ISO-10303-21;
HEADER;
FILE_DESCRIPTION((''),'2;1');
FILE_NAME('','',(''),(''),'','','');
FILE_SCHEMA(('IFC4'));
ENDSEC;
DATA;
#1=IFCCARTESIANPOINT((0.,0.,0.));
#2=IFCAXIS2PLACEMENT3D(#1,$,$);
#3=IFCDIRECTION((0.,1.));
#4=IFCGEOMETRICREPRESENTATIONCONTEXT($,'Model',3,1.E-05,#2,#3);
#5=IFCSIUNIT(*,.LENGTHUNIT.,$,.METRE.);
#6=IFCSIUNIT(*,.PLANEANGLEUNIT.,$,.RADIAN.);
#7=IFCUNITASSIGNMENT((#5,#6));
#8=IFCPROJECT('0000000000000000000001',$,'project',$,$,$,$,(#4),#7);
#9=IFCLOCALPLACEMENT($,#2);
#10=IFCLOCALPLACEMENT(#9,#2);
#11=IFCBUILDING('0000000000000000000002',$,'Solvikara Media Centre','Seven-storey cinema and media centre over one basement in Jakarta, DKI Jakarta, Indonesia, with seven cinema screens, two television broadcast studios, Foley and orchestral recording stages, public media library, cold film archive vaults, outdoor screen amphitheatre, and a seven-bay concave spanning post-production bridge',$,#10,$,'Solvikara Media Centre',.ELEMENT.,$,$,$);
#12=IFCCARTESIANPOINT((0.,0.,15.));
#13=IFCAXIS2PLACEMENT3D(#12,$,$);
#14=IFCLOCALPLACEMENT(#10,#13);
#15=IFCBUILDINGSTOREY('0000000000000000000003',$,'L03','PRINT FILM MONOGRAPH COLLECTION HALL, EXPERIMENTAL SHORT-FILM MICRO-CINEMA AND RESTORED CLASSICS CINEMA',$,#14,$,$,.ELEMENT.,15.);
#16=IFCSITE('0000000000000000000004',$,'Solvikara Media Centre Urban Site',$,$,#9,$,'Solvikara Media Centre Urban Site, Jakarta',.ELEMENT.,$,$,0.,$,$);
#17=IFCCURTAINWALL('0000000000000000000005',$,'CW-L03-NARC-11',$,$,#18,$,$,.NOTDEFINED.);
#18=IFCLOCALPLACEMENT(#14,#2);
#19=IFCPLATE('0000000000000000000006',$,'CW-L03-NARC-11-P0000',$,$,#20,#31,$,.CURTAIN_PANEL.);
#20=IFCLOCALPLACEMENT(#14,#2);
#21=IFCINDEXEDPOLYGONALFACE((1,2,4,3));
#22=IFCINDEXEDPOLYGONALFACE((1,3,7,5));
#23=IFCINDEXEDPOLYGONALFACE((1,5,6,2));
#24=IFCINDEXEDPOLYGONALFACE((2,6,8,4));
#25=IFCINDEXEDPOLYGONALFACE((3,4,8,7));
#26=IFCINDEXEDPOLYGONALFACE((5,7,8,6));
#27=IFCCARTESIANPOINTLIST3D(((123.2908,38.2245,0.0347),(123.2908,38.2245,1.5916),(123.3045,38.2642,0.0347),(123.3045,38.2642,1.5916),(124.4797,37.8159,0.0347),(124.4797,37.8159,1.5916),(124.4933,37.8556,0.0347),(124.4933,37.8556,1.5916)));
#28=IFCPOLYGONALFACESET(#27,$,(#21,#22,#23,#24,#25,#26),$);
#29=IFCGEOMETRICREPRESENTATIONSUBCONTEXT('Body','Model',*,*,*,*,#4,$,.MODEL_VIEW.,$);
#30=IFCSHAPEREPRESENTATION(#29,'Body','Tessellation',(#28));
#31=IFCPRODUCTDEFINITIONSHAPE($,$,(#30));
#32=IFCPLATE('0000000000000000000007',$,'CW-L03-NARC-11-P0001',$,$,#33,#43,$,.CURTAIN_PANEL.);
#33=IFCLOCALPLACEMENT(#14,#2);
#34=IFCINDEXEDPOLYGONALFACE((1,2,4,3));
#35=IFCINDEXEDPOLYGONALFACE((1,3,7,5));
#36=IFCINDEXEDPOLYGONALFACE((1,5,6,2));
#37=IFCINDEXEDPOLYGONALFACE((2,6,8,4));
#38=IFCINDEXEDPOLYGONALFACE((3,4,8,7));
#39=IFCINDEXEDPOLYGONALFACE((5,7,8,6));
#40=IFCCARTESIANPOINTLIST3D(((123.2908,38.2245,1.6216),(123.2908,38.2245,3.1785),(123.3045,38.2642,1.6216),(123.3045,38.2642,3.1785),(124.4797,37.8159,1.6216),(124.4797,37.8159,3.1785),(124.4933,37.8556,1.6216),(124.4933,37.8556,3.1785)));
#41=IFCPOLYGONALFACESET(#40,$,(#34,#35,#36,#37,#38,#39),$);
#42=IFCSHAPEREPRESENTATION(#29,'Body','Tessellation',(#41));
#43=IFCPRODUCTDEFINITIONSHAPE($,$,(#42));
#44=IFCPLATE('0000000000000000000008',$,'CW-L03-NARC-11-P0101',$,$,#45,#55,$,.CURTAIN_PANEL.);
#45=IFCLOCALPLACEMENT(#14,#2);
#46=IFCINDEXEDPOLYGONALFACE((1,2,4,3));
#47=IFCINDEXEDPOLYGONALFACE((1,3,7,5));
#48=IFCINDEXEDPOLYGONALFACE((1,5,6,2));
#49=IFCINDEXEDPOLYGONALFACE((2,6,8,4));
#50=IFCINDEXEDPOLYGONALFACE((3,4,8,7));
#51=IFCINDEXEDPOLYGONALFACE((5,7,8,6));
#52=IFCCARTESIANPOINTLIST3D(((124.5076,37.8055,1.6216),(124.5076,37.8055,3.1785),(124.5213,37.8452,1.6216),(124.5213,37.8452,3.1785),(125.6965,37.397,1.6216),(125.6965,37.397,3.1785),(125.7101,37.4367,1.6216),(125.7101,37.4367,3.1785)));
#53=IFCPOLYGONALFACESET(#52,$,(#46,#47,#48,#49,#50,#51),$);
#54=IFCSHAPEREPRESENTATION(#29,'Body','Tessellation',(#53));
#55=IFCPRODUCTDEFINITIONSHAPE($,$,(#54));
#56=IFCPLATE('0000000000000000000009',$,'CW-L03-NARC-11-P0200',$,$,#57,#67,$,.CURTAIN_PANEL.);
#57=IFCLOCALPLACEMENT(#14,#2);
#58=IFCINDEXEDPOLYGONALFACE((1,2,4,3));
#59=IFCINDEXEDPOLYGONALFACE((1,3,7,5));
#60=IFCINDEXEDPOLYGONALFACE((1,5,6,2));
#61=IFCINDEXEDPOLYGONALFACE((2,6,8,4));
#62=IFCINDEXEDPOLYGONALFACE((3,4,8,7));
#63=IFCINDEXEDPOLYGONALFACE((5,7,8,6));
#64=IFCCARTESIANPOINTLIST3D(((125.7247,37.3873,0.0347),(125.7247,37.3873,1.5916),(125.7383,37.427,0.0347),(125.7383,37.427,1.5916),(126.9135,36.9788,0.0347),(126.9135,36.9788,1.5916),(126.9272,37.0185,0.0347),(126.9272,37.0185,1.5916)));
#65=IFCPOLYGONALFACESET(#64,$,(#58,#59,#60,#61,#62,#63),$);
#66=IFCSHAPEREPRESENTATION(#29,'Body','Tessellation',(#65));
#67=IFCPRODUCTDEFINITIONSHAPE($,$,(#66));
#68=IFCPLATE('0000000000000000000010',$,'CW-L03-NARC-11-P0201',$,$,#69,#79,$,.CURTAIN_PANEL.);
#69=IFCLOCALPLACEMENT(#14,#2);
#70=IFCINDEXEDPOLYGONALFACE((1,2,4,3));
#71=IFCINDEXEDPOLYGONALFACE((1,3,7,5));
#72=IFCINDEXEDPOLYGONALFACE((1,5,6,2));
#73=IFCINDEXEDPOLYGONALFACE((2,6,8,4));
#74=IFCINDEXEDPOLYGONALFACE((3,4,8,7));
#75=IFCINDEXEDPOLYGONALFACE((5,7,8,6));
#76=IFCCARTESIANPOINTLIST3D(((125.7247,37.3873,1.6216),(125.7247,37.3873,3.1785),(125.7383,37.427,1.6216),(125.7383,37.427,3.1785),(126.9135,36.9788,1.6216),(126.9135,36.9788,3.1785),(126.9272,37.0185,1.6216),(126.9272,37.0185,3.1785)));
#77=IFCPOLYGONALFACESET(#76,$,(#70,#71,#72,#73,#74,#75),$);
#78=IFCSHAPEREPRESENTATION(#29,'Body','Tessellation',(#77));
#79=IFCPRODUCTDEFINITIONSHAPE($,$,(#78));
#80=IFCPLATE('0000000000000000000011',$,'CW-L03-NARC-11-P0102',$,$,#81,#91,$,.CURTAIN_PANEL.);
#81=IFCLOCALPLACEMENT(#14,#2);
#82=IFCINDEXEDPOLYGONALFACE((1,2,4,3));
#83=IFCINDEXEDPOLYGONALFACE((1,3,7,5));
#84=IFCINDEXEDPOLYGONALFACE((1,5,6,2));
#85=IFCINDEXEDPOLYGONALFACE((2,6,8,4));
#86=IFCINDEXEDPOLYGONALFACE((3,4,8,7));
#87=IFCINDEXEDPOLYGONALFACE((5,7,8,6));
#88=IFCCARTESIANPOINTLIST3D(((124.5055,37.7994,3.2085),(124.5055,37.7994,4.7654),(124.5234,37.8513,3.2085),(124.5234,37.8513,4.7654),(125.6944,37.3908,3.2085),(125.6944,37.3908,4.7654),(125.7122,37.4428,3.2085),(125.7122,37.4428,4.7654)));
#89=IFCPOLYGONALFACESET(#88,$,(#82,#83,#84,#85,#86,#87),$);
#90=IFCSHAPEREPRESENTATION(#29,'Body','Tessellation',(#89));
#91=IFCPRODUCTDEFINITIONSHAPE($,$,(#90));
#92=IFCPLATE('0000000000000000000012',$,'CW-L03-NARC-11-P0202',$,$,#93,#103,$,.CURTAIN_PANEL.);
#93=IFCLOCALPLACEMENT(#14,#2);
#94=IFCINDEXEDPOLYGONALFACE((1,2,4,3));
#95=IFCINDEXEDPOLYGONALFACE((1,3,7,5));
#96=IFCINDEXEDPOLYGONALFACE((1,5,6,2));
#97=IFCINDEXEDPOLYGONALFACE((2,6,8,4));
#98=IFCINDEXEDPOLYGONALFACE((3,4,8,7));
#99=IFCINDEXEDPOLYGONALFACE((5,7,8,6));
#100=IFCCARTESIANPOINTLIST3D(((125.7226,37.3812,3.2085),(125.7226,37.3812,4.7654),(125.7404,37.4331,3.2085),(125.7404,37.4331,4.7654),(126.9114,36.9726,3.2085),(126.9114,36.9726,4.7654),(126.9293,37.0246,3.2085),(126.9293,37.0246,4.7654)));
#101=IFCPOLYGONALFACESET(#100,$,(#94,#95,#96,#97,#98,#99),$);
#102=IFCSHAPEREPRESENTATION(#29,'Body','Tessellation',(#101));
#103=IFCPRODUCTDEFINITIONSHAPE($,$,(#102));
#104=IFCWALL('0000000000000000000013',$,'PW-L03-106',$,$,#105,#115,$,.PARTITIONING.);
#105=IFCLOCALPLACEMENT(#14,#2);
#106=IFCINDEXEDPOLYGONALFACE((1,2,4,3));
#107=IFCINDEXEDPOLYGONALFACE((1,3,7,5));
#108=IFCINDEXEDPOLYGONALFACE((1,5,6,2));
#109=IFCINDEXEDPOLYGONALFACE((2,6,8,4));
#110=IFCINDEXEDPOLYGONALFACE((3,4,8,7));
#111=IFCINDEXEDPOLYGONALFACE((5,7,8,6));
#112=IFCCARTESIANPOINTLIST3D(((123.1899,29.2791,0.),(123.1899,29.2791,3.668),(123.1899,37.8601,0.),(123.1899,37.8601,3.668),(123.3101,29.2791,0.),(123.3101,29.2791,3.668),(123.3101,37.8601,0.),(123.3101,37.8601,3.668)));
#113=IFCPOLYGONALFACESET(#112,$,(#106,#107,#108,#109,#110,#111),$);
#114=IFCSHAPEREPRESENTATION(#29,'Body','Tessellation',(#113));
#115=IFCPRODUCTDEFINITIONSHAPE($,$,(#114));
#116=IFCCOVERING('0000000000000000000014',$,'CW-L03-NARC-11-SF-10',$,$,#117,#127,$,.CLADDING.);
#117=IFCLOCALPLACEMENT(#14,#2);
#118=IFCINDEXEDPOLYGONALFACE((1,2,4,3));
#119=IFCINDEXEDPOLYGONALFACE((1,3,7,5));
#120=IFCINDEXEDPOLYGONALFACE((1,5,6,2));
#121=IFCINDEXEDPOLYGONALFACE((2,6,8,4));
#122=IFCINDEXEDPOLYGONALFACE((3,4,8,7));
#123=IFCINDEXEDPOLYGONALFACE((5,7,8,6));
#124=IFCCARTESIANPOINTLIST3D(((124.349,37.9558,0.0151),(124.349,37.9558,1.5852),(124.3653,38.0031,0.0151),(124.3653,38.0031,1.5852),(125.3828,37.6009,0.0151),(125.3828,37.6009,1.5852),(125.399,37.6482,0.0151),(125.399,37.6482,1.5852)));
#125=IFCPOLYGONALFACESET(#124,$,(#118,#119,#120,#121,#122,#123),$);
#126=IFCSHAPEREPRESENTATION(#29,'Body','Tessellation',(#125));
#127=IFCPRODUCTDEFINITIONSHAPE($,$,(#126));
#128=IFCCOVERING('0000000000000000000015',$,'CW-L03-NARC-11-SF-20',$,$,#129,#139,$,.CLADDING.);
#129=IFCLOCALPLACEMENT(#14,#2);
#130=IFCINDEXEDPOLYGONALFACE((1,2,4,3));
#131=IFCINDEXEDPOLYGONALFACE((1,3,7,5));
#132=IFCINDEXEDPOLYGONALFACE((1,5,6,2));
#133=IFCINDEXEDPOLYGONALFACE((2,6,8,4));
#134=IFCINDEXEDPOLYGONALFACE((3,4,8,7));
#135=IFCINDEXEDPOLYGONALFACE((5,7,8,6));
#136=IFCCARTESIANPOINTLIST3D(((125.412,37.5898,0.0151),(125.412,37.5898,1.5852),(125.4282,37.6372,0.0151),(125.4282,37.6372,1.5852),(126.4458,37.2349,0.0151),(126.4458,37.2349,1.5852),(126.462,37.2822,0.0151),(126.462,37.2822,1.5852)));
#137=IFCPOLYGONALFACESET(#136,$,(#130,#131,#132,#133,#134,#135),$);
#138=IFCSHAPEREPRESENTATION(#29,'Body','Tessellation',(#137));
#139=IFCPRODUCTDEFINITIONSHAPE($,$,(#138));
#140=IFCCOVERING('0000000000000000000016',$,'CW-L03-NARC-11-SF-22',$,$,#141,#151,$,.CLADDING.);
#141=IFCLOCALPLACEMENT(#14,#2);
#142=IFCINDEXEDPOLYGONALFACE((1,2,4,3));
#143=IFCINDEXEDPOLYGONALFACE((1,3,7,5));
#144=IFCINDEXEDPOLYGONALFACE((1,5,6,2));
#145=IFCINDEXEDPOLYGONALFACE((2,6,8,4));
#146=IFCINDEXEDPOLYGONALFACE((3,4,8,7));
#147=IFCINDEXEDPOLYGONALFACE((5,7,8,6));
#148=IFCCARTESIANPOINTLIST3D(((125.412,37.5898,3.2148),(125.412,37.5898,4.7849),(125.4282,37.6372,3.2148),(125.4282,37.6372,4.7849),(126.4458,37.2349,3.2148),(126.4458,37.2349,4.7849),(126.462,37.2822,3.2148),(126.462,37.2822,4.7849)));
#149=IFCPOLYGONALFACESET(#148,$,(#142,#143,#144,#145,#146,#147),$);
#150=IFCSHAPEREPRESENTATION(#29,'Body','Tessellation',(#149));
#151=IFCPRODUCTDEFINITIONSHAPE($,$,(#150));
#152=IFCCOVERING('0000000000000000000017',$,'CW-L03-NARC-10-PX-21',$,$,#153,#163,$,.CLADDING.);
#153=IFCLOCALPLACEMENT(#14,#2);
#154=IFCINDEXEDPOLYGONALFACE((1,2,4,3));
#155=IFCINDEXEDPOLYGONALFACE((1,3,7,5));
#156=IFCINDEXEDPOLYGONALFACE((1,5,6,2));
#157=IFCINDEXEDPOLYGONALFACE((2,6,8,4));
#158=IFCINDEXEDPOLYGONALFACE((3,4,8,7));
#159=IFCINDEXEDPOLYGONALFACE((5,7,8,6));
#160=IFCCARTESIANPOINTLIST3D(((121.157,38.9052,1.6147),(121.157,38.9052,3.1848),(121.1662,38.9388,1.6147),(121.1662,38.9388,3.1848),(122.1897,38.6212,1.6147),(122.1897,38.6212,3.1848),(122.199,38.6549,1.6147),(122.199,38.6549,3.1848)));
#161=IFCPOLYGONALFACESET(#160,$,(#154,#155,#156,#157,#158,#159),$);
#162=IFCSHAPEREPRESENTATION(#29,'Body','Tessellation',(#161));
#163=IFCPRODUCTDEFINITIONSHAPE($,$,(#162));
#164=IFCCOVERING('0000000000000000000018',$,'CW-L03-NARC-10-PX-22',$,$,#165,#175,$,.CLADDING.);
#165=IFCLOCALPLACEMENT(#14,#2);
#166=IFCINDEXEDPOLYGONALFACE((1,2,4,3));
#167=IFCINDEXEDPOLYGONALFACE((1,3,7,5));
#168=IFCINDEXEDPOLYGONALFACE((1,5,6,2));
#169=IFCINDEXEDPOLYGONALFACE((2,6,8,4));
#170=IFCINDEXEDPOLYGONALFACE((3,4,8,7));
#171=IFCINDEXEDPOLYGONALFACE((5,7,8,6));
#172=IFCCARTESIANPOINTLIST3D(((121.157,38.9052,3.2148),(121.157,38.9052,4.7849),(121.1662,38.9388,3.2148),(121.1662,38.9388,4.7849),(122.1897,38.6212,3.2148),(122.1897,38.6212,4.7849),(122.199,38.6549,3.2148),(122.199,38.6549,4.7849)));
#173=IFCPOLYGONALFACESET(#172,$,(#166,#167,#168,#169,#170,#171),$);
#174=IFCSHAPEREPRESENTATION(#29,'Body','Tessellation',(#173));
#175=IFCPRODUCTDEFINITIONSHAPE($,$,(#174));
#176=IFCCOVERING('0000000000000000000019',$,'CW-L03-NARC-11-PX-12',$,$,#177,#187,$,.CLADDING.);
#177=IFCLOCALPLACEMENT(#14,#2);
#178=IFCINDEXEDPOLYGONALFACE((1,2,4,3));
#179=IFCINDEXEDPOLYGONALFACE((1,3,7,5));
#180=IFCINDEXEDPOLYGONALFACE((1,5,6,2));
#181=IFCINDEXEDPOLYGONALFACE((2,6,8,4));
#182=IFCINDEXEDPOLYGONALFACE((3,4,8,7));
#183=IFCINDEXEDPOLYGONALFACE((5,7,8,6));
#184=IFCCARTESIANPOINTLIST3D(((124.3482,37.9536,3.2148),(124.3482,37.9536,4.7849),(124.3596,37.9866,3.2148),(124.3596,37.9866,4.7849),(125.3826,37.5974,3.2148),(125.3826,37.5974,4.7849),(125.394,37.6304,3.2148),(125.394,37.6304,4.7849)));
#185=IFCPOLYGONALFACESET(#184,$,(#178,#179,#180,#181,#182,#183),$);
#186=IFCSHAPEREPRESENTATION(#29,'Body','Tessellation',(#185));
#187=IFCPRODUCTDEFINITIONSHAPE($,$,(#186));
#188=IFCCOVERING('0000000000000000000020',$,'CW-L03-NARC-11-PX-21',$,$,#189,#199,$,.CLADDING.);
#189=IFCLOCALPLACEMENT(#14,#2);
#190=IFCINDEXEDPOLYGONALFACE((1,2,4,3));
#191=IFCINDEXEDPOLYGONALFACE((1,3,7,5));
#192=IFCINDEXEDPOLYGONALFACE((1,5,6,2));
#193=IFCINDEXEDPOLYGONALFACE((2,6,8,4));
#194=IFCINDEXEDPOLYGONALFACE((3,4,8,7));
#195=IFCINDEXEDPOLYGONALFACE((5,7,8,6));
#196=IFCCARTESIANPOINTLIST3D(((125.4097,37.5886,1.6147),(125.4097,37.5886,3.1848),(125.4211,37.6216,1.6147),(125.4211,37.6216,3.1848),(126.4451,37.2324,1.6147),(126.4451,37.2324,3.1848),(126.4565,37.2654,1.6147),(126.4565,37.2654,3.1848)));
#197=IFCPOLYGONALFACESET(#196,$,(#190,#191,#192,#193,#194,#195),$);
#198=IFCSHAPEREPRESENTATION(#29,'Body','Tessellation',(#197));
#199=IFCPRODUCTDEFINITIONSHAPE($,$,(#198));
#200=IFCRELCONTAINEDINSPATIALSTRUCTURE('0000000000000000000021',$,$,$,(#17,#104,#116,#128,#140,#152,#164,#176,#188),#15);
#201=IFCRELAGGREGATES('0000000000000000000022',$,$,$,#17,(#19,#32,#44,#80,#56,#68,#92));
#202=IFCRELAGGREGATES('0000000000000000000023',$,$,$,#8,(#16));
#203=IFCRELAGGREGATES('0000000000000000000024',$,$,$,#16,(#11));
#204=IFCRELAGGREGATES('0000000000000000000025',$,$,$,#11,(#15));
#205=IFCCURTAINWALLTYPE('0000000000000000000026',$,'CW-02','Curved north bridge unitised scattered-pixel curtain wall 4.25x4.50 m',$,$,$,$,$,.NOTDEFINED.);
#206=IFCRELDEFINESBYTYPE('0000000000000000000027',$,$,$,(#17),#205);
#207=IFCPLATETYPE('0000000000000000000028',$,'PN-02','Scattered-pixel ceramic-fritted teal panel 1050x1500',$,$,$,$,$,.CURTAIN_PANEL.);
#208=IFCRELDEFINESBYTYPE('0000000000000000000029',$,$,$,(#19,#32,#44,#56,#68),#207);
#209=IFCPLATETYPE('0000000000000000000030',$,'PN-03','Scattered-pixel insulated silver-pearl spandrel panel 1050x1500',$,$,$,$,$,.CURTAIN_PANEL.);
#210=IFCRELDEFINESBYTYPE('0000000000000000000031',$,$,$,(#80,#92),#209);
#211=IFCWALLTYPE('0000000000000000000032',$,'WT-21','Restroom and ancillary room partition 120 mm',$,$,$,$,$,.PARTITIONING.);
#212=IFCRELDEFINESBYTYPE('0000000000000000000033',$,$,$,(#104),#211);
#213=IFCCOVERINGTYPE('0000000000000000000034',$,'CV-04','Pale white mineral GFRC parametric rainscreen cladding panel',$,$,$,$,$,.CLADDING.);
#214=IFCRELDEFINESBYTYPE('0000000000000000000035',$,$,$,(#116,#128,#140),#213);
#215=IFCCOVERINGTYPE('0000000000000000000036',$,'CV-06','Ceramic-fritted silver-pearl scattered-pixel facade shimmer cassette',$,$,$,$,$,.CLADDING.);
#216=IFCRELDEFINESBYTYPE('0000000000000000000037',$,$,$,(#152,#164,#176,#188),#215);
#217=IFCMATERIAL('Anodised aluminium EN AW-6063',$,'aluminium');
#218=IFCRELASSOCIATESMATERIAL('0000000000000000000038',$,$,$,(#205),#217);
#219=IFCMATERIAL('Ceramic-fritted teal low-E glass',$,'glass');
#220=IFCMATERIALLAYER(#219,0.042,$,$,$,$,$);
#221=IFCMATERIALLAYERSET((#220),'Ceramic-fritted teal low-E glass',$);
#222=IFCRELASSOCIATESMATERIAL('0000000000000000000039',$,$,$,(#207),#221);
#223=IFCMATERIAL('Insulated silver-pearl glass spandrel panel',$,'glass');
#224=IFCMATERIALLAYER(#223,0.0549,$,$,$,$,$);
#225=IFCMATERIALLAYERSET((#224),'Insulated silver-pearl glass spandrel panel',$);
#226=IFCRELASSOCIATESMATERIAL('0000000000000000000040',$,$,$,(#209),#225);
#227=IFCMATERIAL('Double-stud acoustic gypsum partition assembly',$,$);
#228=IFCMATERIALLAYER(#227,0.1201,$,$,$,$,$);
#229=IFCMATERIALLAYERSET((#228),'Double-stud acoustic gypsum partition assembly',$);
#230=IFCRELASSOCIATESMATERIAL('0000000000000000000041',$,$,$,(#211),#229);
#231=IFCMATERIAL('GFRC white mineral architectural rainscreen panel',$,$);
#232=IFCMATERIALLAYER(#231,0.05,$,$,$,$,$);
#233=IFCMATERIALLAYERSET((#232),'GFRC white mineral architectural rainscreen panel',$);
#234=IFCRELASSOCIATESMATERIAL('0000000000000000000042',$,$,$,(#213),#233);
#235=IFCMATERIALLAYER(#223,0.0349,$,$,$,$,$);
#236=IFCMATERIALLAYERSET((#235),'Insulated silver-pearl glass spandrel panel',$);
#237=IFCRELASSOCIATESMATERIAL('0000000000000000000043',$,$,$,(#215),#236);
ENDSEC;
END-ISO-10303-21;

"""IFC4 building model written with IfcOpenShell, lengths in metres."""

from ifc_helpers import new_model, si_unit, direction, frame, frame_2d, origin, origin_2d, place, context, subcontext, project, spatial, rectangle, extrude, material, layer, layer_set, type_object, element, aggregate, save


model = new_model("IFC4")

# Units and contexts
model_context = context("Model", 3, precision=1e-05, world=origin(), true_north=direction((0.0, 1.0)))
body_context = subcontext(model_context, "Body", "Model", "MODEL_VIEW")
ifc_project = project(units=[si_unit("LENGTHUNIT", "METRE"), si_unit("PLANEANGLEUNIT", "RADIAN")], contexts=[model_context])

# Site, building, storey
site_placement = place(None, origin())
site = spatial("IfcSite", under=ifc_project, at=site_placement, Name="Solvikara Media Centre Urban Site", LongName="Solvikara Media Centre Urban Site, Jakarta", CompositionType="ELEMENT", RefElevation=0.0)
building_placement = place(site_placement, origin())
building = spatial("IfcBuilding", under=site, at=building_placement, Name="Solvikara Media Centre", Description="Seven-storey cinema and media centre over one basement in Jakarta, DKI Jakarta, Indonesia, with seven cinema screens, two television broadcast studios, Foley and orchestral recording stages, public media library, cold film archive vaults, outdoor screen amphitheatre, and a seven-bay concave spanning post-production bridge", LongName="Solvikara Media Centre", CompositionType="ELEMENT")
storey_placement = place(building_placement, frame((0.0, 0.0, 15.0)))
storey = spatial("IfcBuildingStorey", under=building, at=storey_placement, Name="L03", Description="PRINT FILM MONOGRAPH COLLECTION HALL, EXPERIMENTAL SHORT-FILM MICRO-CINEMA AND RESTORED CLASSICS CINEMA", CompositionType="ELEMENT", Elevation=15.0)

# Curtain wall
ifc_material_1 = material(Name="Anodised aluminium EN AW-6063", Category="aluminium")
curtain_wall_type = type_object("IfcCurtainWallType", Name="CW-02", Description="Curved north bridge unitised scattered-pixel curtain wall 4.25x4.50 m", PredefinedType="NOTDEFINED", material=ifc_material_1)
curtain_wall_1_placement = place(storey_placement, origin())
curtain_wall_1 = element("IfcCurtainWall", 1, at=curtain_wall_1_placement, inside=storey, type_object=curtain_wall_type, Name="CW-L03-NARC-11", PredefinedType="NOTDEFINED")

# Plates
ifc_material_2 = material(Name="Ceramic-fritted teal low-E glass", Category="glass")
ifc_layer_1 = layer(ifc_material_2, 0.042)
ifc_layer_set_1 = layer_set([ifc_layer_1], Name="Ceramic-fritted teal low-E glass")
plate_type_1 = type_object("IfcPlateType", Name="PN-02", Description="Scattered-pixel ceramic-fritted teal panel 1050x1500", PredefinedType="CURTAIN_PANEL", material=ifc_layer_set_1)
plate_1_placement = place(storey_placement, frame((123.8921, 38.04, 0.0347), z_axis=(0.0, 0.0, 1.0), x_axis=(0.945717, -0.324991, 0.0)))
plate_1 = element("IfcPlate", 2, at=plate_1_placement, type_object=plate_type_1, Name="CW-L03-NARC-11-P0000", PredefinedType="CURTAIN_PANEL", context=body_context, shape_type="SweptSolid", body=[
    extrude(rectangle(XDim=1.2571, YDim=0.042, at=origin_2d()), origin(), (0.0, 0.0, 1.0), 1.5569),
])
plate_2_placement = place(storey_placement, frame((123.8921, 38.04, 1.6216), z_axis=(0.0, 0.0, 1.0), x_axis=(0.945717, -0.324991, 0.0)))
plate_2 = element("IfcPlate", 3, at=plate_2_placement, type_object=plate_type_1, Name="CW-L03-NARC-11-P0001", PredefinedType="CURTAIN_PANEL", context=body_context, shape_type="SweptSolid", body=[
    extrude(rectangle(XDim=1.2571, YDim=0.042, at=origin_2d()), origin(), (0.0, 0.0, 1.0), 1.5569),
])
plate_3_placement = place(storey_placement, frame((125.1089, 37.6211, 1.6216), z_axis=(0.0, 0.0, 1.0), x_axis=(0.945717, -0.324991, 0.0)))
plate_3 = element("IfcPlate", 4, at=plate_3_placement, type_object=plate_type_1, Name="CW-L03-NARC-11-P0101", PredefinedType="CURTAIN_PANEL", context=body_context, shape_type="SweptSolid", body=[
    extrude(rectangle(XDim=1.2571, YDim=0.042, at=origin_2d()), origin(), (0.0, 0.0, 1.0), 1.5569),
])
plate_4_placement = place(storey_placement, frame((126.3259, 37.2029, 0.0347), z_axis=(0.0, 0.0, 1.0), x_axis=(0.945717, -0.324991, 0.0)))
plate_4 = element("IfcPlate", 5, at=plate_4_placement, type_object=plate_type_1, Name="CW-L03-NARC-11-P0200", PredefinedType="CURTAIN_PANEL", context=body_context, shape_type="SweptSolid", body=[
    extrude(rectangle(XDim=1.2571, YDim=0.042, at=origin_2d()), origin(), (0.0, 0.0, 1.0), 1.5569),
])
plate_5_placement = place(storey_placement, frame((126.3259, 37.2029, 1.6216), z_axis=(0.0, 0.0, 1.0), x_axis=(0.945717, -0.324991, 0.0)))
plate_5 = element("IfcPlate", 6, at=plate_5_placement, type_object=plate_type_1, Name="CW-L03-NARC-11-P0201", PredefinedType="CURTAIN_PANEL", context=body_context, shape_type="SweptSolid", body=[
    extrude(rectangle(XDim=1.2571, YDim=0.042, at=origin_2d()), origin(), (0.0, 0.0, 1.0), 1.5569),
])
ifc_material_3 = material(Name="Insulated silver-pearl glass spandrel panel", Category="glass")
ifc_layer_2 = layer(ifc_material_3, 0.0549)
ifc_layer_set_2 = layer_set([ifc_layer_2], Name="Insulated silver-pearl glass spandrel panel")
plate_type_2 = type_object("IfcPlateType", Name="PN-03", Description="Scattered-pixel insulated silver-pearl spandrel panel 1050x1500", PredefinedType="CURTAIN_PANEL", material=ifc_layer_set_2)
plate_6_placement = place(storey_placement, frame((125.1089, 37.6211, 3.2085), z_axis=(0.0, 0.0, 1.0), x_axis=(0.945717, -0.324991, 0.0)))
plate_6 = element("IfcPlate", 7, at=plate_6_placement, type_object=plate_type_2, Name="CW-L03-NARC-11-P0102", PredefinedType="CURTAIN_PANEL", context=body_context, shape_type="SweptSolid", body=[
    extrude(rectangle(XDim=1.2571, YDim=0.0549, at=origin_2d()), origin(), (0.0, 0.0, 1.0), 1.5569),
])
plate_7_placement = place(storey_placement, frame((126.3259, 37.2029, 3.2085), z_axis=(0.0, 0.0, 1.0), x_axis=(0.945717, -0.324991, 0.0)))
plate_7 = element("IfcPlate", 8, at=plate_7_placement, type_object=plate_type_2, Name="CW-L03-NARC-11-P0202", PredefinedType="CURTAIN_PANEL", context=body_context, shape_type="SweptSolid", body=[
    extrude(rectangle(XDim=1.2571, YDim=0.0549, at=origin_2d()), origin(), (0.0, 0.0, 1.0), 1.5569),
])
aggregate(curtain_wall_1, [plate_1, plate_2, plate_3, plate_6, plate_4, plate_5, plate_7])

# Wall
ifc_material_4 = material(Name="Double-stud acoustic gypsum partition assembly")
ifc_layer_3 = layer(ifc_material_4, 0.1201)
ifc_layer_set_3 = layer_set([ifc_layer_3], Name="Double-stud acoustic gypsum partition assembly")
wall_type_1 = type_object("IfcWallType", Name="WT-21", Description="Restroom and ancillary room partition 120 mm", PredefinedType="PARTITIONING", material=ifc_layer_set_3)
wall_1_placement = place(storey_placement, frame((123.25, 29.2791, 0.0), z_axis=(0.0, 0.0, 1.0), x_axis=(0.0, 1.0, 0.0)))
element("IfcWall", 9, at=wall_1_placement, inside=storey, type_object=wall_type_1, Name="PW-L03-106", PredefinedType="PARTITIONING", context=body_context, shape_type="SweptSolid", body=[
    extrude(rectangle(XDim=8.5811, YDim=0.1201, at=frame_2d((4.2905, 0.0))), origin(), (0.0, 0.0, 1.0), 3.668),
])

# Coverings
ifc_material_5 = material(Name="GFRC white mineral architectural rainscreen panel")
ifc_layer_4 = layer(ifc_material_5, 0.05)
ifc_layer_set_4 = layer_set([ifc_layer_4], Name="GFRC white mineral architectural rainscreen panel")
covering_type_1 = type_object("IfcCoveringType", Name="CV-04", Description="Pale white mineral GFRC parametric rainscreen cladding panel", PredefinedType="CLADDING", material=ifc_layer_set_4)
for number, where, z_axis, x_axis, name in (
    (10, (124.874, 37.802, 0.0151), (0.0, 0.0, 1.0), (0.945808, -0.324726, 0.0), "CW-L03-NARC-11-SF-10"),
    (11, (125.937, 37.436, 0.0151), (0.0, 0.0, 1.0), (0.945808, -0.324726, 0.0), "CW-L03-NARC-11-SF-20"),
    (12, (125.937, 37.436, 3.2148), (0.0, 0.0, 1.0), (0.945808, -0.324726, 0.0), "CW-L03-NARC-11-SF-22"),
):
    element("IfcCovering", number, at=place(storey_placement, frame(where, z_axis=z_axis, x_axis=x_axis)), inside=storey, type_object=covering_type_1, Name=name, PredefinedType="CLADDING", context=body_context, shape_type="SweptSolid", body=[
        extrude(rectangle(XDim=1.093, YDim=0.05, at=origin_2d()), origin(), (0.0, 0.0, 1.0), 1.5701),
    ])
ifc_layer_5 = layer(ifc_material_3, 0.0349)
ifc_layer_set_5 = layer_set([ifc_layer_5], Name="Insulated silver-pearl glass spandrel panel")
covering_type_2 = type_object("IfcCoveringType", Name="CV-06", Description="Ceramic-fritted silver-pearl scattered-pixel facade shimmer cassette", PredefinedType="CLADDING", material=ifc_layer_set_5)
for number, where, z_axis, x_axis, name in (
    (13, (121.678, 38.78, 1.6147), (0.0, 0.0, 1.0), (0.964225, -0.265085, 0.0), "CW-L03-NARC-10-PX-21"),
    (14, (121.678, 38.78, 3.2148), (0.0, 0.0, 1.0), (0.964225, -0.265085, 0.0), "CW-L03-NARC-10-PX-22"),
):
    element("IfcCovering", number, at=place(storey_placement, frame(where, z_axis=z_axis, x_axis=x_axis)), inside=storey, type_object=covering_type_2, Name=name, PredefinedType="CLADDING", context=body_context, shape_type="SweptSolid", body=[
        extrude(rectangle(XDim=1.071, YDim=0.0349, at=origin_2d()), origin(), (0.0, 0.0, 1.0), 1.5701),
    ])
covering_1_placement = place(storey_placement, frame((124.8711, 37.792, 3.2148), z_axis=(0.0, 0.0, 1.0), x_axis=(0.94553, -0.325535, 0.0)))
element("IfcCovering", 15, at=covering_1_placement, inside=storey, type_object=covering_type_2, Name="CW-L03-NARC-11-PX-12", PredefinedType="CLADDING", context=body_context, shape_type="SweptSolid", body=[
    extrude(rectangle(XDim=1.094, YDim=0.0349, at=origin_2d()), origin(), (0.0, 0.0, 1.0), 1.5701),
])
covering_2_placement = place(storey_placement, frame((125.9331, 37.427, 1.6147), z_axis=(0.0, 0.0, 1.0), x_axis=(0.945626, -0.325255, 0.0)))
element("IfcCovering", 16, at=covering_2_placement, inside=storey, type_object=covering_type_2, Name="CW-L03-NARC-11-PX-21", PredefinedType="CLADDING", context=body_context, shape_type="SweptSolid", body=[
    extrude(rectangle(XDim=1.095, YDim=0.0349, at=origin_2d()), origin(), (0.0, 0.0, 1.0), 1.5701),
])

save(model, "model.ifc")
